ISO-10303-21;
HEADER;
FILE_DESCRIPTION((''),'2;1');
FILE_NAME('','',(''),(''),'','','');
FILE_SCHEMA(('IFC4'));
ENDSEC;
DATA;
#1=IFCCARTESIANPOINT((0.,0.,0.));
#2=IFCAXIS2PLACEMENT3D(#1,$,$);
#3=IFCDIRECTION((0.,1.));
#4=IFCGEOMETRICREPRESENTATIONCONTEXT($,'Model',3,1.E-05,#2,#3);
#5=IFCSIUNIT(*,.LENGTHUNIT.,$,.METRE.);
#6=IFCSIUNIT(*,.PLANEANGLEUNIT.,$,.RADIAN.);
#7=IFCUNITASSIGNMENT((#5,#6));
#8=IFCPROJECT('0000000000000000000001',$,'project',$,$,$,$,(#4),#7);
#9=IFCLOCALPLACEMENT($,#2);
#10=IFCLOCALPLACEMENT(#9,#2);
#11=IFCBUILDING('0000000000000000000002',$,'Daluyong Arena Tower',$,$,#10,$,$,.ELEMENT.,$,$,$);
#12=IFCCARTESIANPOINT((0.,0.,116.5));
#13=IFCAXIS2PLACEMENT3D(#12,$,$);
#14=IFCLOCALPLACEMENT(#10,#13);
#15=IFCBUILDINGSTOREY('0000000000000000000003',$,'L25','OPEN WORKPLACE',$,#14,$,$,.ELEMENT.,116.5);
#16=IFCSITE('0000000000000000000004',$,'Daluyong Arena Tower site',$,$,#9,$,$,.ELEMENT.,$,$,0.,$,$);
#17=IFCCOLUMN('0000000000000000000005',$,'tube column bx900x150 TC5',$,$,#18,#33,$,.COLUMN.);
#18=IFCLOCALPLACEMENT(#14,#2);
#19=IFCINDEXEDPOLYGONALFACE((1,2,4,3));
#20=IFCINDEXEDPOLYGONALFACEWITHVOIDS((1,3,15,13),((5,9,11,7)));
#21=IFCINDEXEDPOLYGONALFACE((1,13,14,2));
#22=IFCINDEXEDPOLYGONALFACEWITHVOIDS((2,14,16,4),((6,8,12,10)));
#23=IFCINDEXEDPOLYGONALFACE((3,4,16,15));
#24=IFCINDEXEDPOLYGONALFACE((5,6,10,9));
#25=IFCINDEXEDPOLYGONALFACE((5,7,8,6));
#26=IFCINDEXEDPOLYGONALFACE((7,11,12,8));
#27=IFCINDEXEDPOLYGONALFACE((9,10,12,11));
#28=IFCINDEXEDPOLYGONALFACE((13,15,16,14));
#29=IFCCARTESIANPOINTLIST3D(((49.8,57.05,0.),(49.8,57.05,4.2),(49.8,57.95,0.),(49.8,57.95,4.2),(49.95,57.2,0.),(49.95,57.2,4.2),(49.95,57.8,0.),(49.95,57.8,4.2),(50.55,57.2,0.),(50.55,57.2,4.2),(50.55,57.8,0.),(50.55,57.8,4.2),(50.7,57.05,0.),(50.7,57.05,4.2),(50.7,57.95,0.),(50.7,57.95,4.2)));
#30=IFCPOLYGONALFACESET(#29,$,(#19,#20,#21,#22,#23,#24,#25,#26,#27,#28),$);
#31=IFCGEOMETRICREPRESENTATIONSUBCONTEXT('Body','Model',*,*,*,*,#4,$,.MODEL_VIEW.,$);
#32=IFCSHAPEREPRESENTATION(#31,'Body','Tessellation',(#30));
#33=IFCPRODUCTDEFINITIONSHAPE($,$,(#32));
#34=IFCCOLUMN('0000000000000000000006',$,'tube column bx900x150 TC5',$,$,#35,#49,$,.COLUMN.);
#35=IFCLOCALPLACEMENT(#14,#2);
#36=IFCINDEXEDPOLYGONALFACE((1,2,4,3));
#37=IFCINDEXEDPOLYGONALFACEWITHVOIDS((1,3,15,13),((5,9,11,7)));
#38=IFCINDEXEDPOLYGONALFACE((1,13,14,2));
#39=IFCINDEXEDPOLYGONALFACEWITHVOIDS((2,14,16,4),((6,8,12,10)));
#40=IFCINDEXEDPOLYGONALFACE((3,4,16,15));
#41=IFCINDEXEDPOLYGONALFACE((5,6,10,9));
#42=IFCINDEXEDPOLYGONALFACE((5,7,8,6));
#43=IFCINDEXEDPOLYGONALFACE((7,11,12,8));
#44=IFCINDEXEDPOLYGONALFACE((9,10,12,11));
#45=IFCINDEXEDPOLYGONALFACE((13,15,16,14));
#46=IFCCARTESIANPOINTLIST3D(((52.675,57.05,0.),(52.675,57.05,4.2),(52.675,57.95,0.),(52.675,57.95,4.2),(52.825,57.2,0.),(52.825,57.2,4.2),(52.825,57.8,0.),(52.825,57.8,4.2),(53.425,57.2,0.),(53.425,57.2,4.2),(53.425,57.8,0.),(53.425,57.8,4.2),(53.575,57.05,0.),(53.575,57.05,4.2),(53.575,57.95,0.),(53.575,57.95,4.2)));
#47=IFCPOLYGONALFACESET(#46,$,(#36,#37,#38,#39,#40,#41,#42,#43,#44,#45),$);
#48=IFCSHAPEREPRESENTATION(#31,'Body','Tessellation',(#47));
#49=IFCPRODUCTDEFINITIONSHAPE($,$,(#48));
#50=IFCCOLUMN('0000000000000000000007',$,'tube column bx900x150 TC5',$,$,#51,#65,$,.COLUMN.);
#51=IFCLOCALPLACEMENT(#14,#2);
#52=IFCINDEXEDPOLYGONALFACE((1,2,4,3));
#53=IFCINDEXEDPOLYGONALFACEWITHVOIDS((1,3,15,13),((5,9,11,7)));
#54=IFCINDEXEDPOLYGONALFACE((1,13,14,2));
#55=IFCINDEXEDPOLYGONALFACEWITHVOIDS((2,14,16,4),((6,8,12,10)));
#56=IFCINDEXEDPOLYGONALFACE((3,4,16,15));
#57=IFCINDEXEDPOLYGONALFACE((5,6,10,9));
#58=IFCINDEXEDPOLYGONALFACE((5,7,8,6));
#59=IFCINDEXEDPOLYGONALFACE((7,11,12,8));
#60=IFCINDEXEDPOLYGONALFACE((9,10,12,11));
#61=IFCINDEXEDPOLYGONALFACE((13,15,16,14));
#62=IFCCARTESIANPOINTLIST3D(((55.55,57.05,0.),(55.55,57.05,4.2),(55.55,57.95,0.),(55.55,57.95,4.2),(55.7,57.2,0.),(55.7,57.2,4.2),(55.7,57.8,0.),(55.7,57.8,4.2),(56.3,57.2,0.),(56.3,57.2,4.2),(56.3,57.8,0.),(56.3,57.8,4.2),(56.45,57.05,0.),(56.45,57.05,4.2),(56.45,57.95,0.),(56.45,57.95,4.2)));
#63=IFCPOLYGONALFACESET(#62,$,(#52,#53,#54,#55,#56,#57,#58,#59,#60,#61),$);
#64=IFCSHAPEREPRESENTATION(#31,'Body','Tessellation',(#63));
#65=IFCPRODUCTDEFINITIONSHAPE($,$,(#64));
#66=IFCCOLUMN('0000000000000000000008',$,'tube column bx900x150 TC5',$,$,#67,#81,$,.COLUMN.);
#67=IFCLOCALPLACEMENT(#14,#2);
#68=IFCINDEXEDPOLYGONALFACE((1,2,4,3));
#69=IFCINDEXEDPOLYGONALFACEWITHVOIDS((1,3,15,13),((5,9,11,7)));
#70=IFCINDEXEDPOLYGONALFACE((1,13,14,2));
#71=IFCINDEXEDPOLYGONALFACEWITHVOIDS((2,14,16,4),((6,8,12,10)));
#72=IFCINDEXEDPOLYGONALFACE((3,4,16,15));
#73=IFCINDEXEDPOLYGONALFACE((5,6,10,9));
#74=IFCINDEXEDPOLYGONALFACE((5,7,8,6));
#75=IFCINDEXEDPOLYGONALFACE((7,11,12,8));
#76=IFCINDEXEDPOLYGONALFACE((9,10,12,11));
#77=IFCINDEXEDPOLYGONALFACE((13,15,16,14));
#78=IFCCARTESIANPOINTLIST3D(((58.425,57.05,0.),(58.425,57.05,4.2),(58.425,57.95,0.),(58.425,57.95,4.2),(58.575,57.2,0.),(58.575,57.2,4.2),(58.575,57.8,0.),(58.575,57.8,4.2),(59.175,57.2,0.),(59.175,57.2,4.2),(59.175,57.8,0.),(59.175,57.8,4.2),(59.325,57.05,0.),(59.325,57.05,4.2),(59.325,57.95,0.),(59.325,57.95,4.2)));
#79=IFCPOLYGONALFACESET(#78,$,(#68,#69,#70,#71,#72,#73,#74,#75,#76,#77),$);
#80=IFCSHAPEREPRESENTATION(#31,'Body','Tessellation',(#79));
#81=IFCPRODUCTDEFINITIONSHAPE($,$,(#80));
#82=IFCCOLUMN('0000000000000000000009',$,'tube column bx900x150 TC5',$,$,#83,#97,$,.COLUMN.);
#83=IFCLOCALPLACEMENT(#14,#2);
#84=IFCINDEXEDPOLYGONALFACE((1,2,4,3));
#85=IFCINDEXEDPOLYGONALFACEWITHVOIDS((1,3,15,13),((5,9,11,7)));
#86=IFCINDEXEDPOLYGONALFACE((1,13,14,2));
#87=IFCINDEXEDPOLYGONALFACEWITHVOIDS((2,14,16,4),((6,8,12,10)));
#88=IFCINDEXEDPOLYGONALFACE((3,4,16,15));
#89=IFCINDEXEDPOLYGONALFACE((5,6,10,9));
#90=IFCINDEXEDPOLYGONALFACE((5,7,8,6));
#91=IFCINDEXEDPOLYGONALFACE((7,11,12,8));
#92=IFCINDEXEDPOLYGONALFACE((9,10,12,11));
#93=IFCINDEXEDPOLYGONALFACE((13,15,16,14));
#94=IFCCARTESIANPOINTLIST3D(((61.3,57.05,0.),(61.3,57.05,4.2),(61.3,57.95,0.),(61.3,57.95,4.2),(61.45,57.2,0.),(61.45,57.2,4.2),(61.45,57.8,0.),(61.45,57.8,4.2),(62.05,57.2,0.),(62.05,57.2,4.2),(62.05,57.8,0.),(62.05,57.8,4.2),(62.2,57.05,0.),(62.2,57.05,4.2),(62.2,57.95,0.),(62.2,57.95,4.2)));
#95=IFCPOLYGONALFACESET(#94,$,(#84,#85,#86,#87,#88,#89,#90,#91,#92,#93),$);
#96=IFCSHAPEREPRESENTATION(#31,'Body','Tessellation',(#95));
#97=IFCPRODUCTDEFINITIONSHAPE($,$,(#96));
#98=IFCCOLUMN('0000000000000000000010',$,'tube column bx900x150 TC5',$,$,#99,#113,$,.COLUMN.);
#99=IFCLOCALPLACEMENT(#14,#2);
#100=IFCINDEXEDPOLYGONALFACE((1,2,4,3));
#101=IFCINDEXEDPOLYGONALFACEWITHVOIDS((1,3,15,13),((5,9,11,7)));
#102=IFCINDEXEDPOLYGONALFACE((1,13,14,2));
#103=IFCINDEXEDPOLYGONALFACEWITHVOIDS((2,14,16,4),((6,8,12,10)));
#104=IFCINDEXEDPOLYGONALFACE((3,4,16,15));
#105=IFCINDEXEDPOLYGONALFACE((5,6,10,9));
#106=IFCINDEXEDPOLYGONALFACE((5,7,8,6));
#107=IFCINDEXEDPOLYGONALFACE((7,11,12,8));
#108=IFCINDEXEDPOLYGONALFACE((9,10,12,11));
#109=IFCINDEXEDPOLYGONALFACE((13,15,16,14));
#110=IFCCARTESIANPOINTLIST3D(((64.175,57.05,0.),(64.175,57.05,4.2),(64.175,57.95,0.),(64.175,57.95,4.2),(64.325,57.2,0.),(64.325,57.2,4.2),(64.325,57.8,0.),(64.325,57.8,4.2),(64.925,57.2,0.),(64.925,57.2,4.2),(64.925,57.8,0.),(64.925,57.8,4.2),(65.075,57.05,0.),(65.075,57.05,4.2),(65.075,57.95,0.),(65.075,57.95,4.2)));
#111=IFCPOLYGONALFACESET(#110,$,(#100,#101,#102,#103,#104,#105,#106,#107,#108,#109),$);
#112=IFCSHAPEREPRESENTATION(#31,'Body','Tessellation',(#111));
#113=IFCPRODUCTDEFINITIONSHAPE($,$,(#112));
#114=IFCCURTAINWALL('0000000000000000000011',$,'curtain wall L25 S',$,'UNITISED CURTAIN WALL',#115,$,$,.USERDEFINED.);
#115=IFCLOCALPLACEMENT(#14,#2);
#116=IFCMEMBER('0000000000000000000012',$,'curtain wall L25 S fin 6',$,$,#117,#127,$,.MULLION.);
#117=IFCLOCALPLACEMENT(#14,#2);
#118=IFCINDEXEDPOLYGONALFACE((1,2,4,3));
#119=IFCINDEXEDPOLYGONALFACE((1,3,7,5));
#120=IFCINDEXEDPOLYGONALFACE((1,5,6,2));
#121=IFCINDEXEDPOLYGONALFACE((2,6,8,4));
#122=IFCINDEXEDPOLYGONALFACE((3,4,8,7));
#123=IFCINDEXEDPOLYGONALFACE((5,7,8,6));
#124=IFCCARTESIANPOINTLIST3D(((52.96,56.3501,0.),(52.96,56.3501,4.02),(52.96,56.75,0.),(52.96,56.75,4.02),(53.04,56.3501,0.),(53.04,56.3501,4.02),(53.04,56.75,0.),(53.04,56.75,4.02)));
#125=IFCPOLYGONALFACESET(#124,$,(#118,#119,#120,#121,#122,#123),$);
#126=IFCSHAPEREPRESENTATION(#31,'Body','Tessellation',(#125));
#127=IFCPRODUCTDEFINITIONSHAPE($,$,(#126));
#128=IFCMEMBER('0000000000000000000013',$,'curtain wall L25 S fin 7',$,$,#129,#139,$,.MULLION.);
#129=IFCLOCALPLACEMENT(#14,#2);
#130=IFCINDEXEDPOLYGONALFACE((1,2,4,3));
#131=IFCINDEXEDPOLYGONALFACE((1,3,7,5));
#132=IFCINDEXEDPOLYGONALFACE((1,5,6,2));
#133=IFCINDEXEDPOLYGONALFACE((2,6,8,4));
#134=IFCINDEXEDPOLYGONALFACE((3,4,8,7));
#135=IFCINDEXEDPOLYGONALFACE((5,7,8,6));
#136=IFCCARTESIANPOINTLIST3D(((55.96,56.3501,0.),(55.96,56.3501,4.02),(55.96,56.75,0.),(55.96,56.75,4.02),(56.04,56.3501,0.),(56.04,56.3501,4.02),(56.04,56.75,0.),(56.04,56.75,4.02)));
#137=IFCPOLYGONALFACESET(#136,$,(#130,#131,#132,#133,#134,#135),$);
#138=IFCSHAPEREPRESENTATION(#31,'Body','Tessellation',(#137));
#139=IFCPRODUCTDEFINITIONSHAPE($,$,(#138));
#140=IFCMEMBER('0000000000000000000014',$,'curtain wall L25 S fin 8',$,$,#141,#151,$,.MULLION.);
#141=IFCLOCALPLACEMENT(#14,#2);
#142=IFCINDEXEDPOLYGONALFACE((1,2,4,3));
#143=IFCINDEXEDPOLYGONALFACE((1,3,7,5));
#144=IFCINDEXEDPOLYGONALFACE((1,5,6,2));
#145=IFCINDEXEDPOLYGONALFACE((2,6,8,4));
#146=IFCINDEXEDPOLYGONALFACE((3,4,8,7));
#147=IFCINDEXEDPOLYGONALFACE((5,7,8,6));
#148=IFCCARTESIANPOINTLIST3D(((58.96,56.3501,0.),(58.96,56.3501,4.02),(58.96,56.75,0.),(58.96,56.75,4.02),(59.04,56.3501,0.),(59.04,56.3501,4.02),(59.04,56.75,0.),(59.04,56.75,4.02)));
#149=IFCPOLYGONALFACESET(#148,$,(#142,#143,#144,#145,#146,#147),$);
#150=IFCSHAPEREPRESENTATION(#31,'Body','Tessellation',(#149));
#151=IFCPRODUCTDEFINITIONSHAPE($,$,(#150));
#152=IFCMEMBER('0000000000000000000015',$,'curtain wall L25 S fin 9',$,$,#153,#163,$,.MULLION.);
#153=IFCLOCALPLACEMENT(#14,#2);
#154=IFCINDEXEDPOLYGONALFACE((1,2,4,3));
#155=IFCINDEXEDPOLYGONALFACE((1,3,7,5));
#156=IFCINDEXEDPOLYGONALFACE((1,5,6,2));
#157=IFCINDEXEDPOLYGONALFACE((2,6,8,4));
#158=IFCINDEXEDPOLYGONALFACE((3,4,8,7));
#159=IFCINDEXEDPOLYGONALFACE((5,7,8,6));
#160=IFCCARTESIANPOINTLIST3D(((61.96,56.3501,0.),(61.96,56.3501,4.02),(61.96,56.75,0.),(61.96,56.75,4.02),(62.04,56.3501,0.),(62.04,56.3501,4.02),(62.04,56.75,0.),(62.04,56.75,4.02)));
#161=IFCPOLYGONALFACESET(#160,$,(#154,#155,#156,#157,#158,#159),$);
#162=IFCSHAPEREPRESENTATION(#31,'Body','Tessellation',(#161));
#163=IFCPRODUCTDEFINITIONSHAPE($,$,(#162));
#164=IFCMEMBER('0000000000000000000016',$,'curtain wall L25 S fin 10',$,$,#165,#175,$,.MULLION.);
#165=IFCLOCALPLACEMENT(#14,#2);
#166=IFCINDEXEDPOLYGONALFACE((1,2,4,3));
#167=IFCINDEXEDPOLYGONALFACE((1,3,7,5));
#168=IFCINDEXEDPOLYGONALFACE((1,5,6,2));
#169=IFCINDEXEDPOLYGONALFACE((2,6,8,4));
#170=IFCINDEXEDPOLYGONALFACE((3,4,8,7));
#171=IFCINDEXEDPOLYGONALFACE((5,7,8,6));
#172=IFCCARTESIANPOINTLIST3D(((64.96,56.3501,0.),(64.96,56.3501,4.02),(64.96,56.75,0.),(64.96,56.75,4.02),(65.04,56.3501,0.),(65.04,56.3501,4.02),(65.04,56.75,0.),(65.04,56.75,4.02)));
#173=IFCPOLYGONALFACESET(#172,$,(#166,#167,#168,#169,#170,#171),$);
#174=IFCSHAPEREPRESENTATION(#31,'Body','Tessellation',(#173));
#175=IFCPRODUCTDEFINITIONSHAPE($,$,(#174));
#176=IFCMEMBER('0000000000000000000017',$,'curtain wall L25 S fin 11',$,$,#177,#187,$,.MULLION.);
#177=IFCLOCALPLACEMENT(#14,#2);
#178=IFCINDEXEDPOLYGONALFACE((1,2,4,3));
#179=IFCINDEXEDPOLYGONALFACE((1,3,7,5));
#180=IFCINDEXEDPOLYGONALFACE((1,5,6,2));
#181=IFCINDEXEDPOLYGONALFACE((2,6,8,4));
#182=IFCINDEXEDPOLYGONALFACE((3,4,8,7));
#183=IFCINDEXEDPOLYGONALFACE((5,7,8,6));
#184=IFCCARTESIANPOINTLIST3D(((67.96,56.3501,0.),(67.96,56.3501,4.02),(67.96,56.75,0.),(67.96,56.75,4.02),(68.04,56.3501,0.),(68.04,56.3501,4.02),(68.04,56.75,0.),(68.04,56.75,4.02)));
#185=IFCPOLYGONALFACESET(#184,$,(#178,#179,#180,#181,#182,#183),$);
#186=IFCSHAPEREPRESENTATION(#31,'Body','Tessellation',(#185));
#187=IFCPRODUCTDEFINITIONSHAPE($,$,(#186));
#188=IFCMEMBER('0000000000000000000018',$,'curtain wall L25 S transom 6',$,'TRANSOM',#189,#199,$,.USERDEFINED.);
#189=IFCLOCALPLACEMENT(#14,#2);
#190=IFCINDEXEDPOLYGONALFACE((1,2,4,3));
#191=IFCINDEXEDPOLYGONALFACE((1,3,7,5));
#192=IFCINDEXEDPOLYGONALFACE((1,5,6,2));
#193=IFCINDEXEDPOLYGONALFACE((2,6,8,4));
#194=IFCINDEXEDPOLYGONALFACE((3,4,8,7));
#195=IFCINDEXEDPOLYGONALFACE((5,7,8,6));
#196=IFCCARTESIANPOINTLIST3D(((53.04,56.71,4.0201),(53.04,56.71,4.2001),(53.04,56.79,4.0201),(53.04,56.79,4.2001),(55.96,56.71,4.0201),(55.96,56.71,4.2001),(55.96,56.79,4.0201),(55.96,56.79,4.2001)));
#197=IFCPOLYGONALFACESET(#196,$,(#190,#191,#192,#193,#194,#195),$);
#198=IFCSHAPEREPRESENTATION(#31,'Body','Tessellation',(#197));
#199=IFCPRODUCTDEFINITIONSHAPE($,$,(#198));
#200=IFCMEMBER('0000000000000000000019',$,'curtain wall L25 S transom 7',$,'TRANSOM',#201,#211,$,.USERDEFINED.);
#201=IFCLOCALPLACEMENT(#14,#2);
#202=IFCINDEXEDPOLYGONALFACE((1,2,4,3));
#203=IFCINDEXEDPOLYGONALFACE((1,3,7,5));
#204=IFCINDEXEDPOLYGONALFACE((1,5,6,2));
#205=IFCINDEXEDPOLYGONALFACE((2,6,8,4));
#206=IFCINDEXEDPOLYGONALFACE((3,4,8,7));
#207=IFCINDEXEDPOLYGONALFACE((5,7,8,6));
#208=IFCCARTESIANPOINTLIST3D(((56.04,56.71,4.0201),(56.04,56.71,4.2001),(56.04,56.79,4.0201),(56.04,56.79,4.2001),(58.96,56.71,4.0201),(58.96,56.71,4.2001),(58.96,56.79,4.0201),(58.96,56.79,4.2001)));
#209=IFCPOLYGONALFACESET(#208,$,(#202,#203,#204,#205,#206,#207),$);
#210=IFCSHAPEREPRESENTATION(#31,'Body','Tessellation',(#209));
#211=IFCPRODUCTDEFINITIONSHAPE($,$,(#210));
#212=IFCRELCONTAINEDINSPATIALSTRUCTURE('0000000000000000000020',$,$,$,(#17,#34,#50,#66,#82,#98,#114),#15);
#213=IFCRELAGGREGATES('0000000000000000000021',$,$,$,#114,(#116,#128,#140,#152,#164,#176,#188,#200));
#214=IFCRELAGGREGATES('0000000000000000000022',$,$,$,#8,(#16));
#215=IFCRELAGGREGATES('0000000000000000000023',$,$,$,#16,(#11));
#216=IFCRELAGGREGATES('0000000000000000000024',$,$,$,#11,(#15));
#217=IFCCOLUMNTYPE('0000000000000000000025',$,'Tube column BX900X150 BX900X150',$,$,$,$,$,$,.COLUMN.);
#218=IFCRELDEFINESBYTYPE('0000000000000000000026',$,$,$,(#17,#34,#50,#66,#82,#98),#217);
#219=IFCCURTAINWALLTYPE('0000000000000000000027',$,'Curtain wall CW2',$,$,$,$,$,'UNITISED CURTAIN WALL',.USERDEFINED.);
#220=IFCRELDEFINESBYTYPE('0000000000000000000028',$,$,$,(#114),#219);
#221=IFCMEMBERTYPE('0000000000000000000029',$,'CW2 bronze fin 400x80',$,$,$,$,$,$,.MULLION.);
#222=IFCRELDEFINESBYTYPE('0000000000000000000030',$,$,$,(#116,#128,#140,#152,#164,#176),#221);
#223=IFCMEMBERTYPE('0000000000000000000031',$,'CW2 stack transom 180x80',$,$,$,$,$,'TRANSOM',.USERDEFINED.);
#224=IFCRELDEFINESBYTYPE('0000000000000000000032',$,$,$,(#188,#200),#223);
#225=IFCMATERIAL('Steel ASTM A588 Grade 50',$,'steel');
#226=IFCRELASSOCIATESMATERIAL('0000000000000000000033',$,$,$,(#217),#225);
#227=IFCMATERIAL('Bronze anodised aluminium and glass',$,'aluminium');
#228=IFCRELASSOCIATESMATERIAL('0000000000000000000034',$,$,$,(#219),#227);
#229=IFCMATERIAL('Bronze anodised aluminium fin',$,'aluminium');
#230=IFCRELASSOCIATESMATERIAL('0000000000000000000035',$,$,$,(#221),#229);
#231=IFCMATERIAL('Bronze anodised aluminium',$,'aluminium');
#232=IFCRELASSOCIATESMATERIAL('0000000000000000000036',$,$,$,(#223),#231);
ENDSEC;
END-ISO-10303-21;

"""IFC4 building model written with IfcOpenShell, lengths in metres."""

from ifc_helpers import new_model, si_unit, direction, frame, origin, origin_2d, place, context, subcontext, project, spatial, rectangle, hollow_rectangle, extrude, material, material_profile, profile_set, type_object, element, aggregate, save


model = new_model("IFC4")

# Units and contexts
model_context = context("Model", 3, precision=1e-05, world=origin(), true_north=direction((0.0, 1.0)))
body_context = subcontext(model_context, "Body", "Model", "MODEL_VIEW")
ifc_project = project(units=[si_unit("LENGTHUNIT", "METRE"), si_unit("PLANEANGLEUNIT", "RADIAN")], contexts=[model_context])

# Site, building, storey
site_placement = place(None, origin())
site = spatial("IfcSite", under=ifc_project, at=site_placement, Name="Daluyong Arena Tower site", CompositionType="ELEMENT", RefElevation=0.0)
building_placement = place(site_placement, origin())
building = spatial("IfcBuilding", under=site, at=building_placement, Name="Daluyong Arena Tower", CompositionType="ELEMENT")
storey_placement = place(building_placement, frame((0.0, 0.0, 116.5)))
storey = spatial("IfcBuildingStorey", under=building, at=storey_placement, Name="L25", Description="OPEN WORKPLACE", CompositionType="ELEMENT", Elevation=116.5)

# Columns
ifc_material_1 = material(Name="Steel ASTM A588 Grade 50", Category="steel")
ifc_material_profile_1 = material_profile(ifc_material_1, hollow_rectangle(XDim=0.8999, YDim=0.8999, WallThickness=0.15, at=origin_2d()))
ifc_profile_set_1 = profile_set([ifc_material_profile_1], Name="Steel ASTM A588 Grade 50")
column_type = type_object("IfcColumnType", Name="Tube column BX900X150 BX900X150", PredefinedType="COLUMN", material=ifc_profile_set_1)
for number, where, z_axis, x_axis, name in (
    (1, (50.25, 57.5, 0.0), (0.0, 0.0, 1.0), (1.0, 0.0, 0.0), "tube column bx900x150 TC5"),
    (2, (53.125, 57.5, 0.0), (0.0, 0.0, 1.0), (1.0, 0.0, 0.0), "tube column bx900x150 TC5"),
    (3, (56.0, 57.5, 0.0), (0.0, 0.0, 1.0), (1.0, 0.0, 0.0), "tube column bx900x150 TC5"),
    (4, (58.875, 57.5, 0.0), (0.0, 0.0, 1.0), (1.0, 0.0, 0.0), "tube column bx900x150 TC5"),
    (5, (61.75, 57.5, 0.0), (0.0, 0.0, 1.0), (1.0, 0.0, 0.0), "tube column bx900x150 TC5"),
    (6, (64.625, 57.5, 0.0), (0.0, 0.0, 1.0), (1.0, 0.0, 0.0), "tube column bx900x150 TC5"),
):
    element("IfcColumn", number, at=place(storey_placement, frame(where, z_axis=z_axis, x_axis=x_axis)), inside=storey, type_object=column_type, Name=name, PredefinedType="COLUMN", context=body_context, shape_type="SweptSolid", body=[
        extrude(hollow_rectangle(XDim=0.8999, YDim=0.8999, WallThickness=0.15, at=origin_2d()), origin(), (0.0, 0.0, 1.0), 4.2),
    ])

# Curtain wall, members
ifc_material_2 = material(Name="Bronze anodised aluminium and glass", Category="aluminium")
curtain_wall_type = type_object("IfcCurtainWallType", Name="Curtain wall CW2", ElementType="UNITISED CURTAIN WALL", PredefinedType="USERDEFINED", material=ifc_material_2)
curtain_wall_placement = place(storey_placement, origin())
curtain_wall = element("IfcCurtainWall", 7, at=curtain_wall_placement, inside=storey, type_object=curtain_wall_type, Name="curtain wall L25 S", ObjectType="UNITISED CURTAIN WALL", PredefinedType="USERDEFINED")
ifc_material_3 = material(Name="Bronze anodised aluminium fin", Category="aluminium")
ifc_material_profile_2 = material_profile(ifc_material_3, rectangle(XDim=0.3999, YDim=0.0801, at=origin_2d()))
ifc_profile_set_2 = profile_set([ifc_material_profile_2], Name="Bronze anodised aluminium fin")
member_type_1 = type_object("IfcMemberType", Name="CW2 bronze fin 400x80", PredefinedType="MULLION", material=ifc_profile_set_2)
member_1_placement = place(storey_placement, frame((53.0, 56.55, 0.0), z_axis=(0.0, 0.0, 1.0), x_axis=(0.0, 1.0, 0.0)))
member_1 = element("IfcMember", 8, at=member_1_placement, type_object=member_type_1, Name="curtain wall L25 S fin 6", PredefinedType="MULLION", context=body_context, shape_type="SweptSolid", body=[
    extrude(rectangle(XDim=0.3999, YDim=0.0801, at=origin_2d()), origin(), (0.0, 0.0, 1.0), 4.02),
])
member_2_placement = place(storey_placement, frame((56.0, 56.55, 0.0), z_axis=(0.0, 0.0, 1.0), x_axis=(0.0, 1.0, 0.0)))
member_2 = element("IfcMember", 9, at=member_2_placement, type_object=member_type_1, Name="curtain wall L25 S fin 7", PredefinedType="MULLION", context=body_context, shape_type="SweptSolid", body=[
    extrude(rectangle(XDim=0.3999, YDim=0.0801, at=origin_2d()), origin(), (0.0, 0.0, 1.0), 4.02),
])
member_3_placement = place(storey_placement, frame((59.0, 56.55, 0.0), z_axis=(0.0, 0.0, 1.0), x_axis=(0.0, 1.0, 0.0)))
member_3 = element("IfcMember", 10, at=member_3_placement, type_object=member_type_1, Name="curtain wall L25 S fin 8", PredefinedType="MULLION", context=body_context, shape_type="SweptSolid", body=[
    extrude(rectangle(XDim=0.3999, YDim=0.0801, at=origin_2d()), origin(), (0.0, 0.0, 1.0), 4.02),
])
member_4_placement = place(storey_placement, frame((62.0, 56.55, 0.0), z_axis=(0.0, 0.0, 1.0), x_axis=(0.0, 1.0, 0.0)))
member_4 = element("IfcMember", 11, at=member_4_placement, type_object=member_type_1, Name="curtain wall L25 S fin 9", PredefinedType="MULLION", context=body_context, shape_type="SweptSolid", body=[
    extrude(rectangle(XDim=0.3999, YDim=0.0801, at=origin_2d()), origin(), (0.0, 0.0, 1.0), 4.02),
])
member_5_placement = place(storey_placement, frame((65.0, 56.55, 0.0), z_axis=(0.0, 0.0, 1.0), x_axis=(0.0, 1.0, 0.0)))
member_5 = element("IfcMember", 12, at=member_5_placement, type_object=member_type_1, Name="curtain wall L25 S fin 10", PredefinedType="MULLION", context=body_context, shape_type="SweptSolid", body=[
    extrude(rectangle(XDim=0.3999, YDim=0.0801, at=origin_2d()), origin(), (0.0, 0.0, 1.0), 4.02),
])
member_6_placement = place(storey_placement, frame((68.0, 56.55, 0.0), z_axis=(0.0, 0.0, 1.0), x_axis=(0.0, 1.0, 0.0)))
member_6 = element("IfcMember", 13, at=member_6_placement, type_object=member_type_1, Name="curtain wall L25 S fin 11", PredefinedType="MULLION", context=body_context, shape_type="SweptSolid", body=[
    extrude(rectangle(XDim=0.3999, YDim=0.0801, at=origin_2d()), origin(), (0.0, 0.0, 1.0), 4.02),
])
ifc_material_4 = material(Name="Bronze anodised aluminium", Category="aluminium")
ifc_material_profile_3 = material_profile(ifc_material_4, rectangle(XDim=0.0801, YDim=0.1799, at=origin_2d()))
ifc_profile_set_3 = profile_set([ifc_material_profile_3], Name="Bronze anodised aluminium")
member_type_2 = type_object("IfcMemberType", Name="CW2 stack transom 180x80", ElementType="TRANSOM", PredefinedType="USERDEFINED", material=ifc_profile_set_3)
member_7_placement = place(storey_placement, frame((53.04, 56.75, 4.1101), z_axis=(1.0, 0.0, 0.0), x_axis=(0.0, 1.0, 0.0)))
member_7 = element("IfcMember", 14, at=member_7_placement, type_object=member_type_2, Name="curtain wall L25 S transom 6", ObjectType="TRANSOM", PredefinedType="USERDEFINED", context=body_context, shape_type="SweptSolid", body=[
    extrude(rectangle(XDim=0.0801, YDim=0.1799, at=origin_2d()), origin(), (0.0, 0.0, 1.0), 2.9199),
])
member_8_placement = place(storey_placement, frame((56.04, 56.75, 4.1101), z_axis=(1.0, 0.0, 0.0), x_axis=(0.0, 1.0, 0.0)))
member_8 = element("IfcMember", 15, at=member_8_placement, type_object=member_type_2, Name="curtain wall L25 S transom 7", ObjectType="TRANSOM", PredefinedType="USERDEFINED", context=body_context, shape_type="SweptSolid", body=[
    extrude(rectangle(XDim=0.0801, YDim=0.1799, at=origin_2d()), origin(), (0.0, 0.0, 1.0), 2.9199),
])

aggregate(curtain_wall, [member_1, member_2, member_3, member_4, member_5, member_6, member_7, member_8])

save(model, "model.ifc")
